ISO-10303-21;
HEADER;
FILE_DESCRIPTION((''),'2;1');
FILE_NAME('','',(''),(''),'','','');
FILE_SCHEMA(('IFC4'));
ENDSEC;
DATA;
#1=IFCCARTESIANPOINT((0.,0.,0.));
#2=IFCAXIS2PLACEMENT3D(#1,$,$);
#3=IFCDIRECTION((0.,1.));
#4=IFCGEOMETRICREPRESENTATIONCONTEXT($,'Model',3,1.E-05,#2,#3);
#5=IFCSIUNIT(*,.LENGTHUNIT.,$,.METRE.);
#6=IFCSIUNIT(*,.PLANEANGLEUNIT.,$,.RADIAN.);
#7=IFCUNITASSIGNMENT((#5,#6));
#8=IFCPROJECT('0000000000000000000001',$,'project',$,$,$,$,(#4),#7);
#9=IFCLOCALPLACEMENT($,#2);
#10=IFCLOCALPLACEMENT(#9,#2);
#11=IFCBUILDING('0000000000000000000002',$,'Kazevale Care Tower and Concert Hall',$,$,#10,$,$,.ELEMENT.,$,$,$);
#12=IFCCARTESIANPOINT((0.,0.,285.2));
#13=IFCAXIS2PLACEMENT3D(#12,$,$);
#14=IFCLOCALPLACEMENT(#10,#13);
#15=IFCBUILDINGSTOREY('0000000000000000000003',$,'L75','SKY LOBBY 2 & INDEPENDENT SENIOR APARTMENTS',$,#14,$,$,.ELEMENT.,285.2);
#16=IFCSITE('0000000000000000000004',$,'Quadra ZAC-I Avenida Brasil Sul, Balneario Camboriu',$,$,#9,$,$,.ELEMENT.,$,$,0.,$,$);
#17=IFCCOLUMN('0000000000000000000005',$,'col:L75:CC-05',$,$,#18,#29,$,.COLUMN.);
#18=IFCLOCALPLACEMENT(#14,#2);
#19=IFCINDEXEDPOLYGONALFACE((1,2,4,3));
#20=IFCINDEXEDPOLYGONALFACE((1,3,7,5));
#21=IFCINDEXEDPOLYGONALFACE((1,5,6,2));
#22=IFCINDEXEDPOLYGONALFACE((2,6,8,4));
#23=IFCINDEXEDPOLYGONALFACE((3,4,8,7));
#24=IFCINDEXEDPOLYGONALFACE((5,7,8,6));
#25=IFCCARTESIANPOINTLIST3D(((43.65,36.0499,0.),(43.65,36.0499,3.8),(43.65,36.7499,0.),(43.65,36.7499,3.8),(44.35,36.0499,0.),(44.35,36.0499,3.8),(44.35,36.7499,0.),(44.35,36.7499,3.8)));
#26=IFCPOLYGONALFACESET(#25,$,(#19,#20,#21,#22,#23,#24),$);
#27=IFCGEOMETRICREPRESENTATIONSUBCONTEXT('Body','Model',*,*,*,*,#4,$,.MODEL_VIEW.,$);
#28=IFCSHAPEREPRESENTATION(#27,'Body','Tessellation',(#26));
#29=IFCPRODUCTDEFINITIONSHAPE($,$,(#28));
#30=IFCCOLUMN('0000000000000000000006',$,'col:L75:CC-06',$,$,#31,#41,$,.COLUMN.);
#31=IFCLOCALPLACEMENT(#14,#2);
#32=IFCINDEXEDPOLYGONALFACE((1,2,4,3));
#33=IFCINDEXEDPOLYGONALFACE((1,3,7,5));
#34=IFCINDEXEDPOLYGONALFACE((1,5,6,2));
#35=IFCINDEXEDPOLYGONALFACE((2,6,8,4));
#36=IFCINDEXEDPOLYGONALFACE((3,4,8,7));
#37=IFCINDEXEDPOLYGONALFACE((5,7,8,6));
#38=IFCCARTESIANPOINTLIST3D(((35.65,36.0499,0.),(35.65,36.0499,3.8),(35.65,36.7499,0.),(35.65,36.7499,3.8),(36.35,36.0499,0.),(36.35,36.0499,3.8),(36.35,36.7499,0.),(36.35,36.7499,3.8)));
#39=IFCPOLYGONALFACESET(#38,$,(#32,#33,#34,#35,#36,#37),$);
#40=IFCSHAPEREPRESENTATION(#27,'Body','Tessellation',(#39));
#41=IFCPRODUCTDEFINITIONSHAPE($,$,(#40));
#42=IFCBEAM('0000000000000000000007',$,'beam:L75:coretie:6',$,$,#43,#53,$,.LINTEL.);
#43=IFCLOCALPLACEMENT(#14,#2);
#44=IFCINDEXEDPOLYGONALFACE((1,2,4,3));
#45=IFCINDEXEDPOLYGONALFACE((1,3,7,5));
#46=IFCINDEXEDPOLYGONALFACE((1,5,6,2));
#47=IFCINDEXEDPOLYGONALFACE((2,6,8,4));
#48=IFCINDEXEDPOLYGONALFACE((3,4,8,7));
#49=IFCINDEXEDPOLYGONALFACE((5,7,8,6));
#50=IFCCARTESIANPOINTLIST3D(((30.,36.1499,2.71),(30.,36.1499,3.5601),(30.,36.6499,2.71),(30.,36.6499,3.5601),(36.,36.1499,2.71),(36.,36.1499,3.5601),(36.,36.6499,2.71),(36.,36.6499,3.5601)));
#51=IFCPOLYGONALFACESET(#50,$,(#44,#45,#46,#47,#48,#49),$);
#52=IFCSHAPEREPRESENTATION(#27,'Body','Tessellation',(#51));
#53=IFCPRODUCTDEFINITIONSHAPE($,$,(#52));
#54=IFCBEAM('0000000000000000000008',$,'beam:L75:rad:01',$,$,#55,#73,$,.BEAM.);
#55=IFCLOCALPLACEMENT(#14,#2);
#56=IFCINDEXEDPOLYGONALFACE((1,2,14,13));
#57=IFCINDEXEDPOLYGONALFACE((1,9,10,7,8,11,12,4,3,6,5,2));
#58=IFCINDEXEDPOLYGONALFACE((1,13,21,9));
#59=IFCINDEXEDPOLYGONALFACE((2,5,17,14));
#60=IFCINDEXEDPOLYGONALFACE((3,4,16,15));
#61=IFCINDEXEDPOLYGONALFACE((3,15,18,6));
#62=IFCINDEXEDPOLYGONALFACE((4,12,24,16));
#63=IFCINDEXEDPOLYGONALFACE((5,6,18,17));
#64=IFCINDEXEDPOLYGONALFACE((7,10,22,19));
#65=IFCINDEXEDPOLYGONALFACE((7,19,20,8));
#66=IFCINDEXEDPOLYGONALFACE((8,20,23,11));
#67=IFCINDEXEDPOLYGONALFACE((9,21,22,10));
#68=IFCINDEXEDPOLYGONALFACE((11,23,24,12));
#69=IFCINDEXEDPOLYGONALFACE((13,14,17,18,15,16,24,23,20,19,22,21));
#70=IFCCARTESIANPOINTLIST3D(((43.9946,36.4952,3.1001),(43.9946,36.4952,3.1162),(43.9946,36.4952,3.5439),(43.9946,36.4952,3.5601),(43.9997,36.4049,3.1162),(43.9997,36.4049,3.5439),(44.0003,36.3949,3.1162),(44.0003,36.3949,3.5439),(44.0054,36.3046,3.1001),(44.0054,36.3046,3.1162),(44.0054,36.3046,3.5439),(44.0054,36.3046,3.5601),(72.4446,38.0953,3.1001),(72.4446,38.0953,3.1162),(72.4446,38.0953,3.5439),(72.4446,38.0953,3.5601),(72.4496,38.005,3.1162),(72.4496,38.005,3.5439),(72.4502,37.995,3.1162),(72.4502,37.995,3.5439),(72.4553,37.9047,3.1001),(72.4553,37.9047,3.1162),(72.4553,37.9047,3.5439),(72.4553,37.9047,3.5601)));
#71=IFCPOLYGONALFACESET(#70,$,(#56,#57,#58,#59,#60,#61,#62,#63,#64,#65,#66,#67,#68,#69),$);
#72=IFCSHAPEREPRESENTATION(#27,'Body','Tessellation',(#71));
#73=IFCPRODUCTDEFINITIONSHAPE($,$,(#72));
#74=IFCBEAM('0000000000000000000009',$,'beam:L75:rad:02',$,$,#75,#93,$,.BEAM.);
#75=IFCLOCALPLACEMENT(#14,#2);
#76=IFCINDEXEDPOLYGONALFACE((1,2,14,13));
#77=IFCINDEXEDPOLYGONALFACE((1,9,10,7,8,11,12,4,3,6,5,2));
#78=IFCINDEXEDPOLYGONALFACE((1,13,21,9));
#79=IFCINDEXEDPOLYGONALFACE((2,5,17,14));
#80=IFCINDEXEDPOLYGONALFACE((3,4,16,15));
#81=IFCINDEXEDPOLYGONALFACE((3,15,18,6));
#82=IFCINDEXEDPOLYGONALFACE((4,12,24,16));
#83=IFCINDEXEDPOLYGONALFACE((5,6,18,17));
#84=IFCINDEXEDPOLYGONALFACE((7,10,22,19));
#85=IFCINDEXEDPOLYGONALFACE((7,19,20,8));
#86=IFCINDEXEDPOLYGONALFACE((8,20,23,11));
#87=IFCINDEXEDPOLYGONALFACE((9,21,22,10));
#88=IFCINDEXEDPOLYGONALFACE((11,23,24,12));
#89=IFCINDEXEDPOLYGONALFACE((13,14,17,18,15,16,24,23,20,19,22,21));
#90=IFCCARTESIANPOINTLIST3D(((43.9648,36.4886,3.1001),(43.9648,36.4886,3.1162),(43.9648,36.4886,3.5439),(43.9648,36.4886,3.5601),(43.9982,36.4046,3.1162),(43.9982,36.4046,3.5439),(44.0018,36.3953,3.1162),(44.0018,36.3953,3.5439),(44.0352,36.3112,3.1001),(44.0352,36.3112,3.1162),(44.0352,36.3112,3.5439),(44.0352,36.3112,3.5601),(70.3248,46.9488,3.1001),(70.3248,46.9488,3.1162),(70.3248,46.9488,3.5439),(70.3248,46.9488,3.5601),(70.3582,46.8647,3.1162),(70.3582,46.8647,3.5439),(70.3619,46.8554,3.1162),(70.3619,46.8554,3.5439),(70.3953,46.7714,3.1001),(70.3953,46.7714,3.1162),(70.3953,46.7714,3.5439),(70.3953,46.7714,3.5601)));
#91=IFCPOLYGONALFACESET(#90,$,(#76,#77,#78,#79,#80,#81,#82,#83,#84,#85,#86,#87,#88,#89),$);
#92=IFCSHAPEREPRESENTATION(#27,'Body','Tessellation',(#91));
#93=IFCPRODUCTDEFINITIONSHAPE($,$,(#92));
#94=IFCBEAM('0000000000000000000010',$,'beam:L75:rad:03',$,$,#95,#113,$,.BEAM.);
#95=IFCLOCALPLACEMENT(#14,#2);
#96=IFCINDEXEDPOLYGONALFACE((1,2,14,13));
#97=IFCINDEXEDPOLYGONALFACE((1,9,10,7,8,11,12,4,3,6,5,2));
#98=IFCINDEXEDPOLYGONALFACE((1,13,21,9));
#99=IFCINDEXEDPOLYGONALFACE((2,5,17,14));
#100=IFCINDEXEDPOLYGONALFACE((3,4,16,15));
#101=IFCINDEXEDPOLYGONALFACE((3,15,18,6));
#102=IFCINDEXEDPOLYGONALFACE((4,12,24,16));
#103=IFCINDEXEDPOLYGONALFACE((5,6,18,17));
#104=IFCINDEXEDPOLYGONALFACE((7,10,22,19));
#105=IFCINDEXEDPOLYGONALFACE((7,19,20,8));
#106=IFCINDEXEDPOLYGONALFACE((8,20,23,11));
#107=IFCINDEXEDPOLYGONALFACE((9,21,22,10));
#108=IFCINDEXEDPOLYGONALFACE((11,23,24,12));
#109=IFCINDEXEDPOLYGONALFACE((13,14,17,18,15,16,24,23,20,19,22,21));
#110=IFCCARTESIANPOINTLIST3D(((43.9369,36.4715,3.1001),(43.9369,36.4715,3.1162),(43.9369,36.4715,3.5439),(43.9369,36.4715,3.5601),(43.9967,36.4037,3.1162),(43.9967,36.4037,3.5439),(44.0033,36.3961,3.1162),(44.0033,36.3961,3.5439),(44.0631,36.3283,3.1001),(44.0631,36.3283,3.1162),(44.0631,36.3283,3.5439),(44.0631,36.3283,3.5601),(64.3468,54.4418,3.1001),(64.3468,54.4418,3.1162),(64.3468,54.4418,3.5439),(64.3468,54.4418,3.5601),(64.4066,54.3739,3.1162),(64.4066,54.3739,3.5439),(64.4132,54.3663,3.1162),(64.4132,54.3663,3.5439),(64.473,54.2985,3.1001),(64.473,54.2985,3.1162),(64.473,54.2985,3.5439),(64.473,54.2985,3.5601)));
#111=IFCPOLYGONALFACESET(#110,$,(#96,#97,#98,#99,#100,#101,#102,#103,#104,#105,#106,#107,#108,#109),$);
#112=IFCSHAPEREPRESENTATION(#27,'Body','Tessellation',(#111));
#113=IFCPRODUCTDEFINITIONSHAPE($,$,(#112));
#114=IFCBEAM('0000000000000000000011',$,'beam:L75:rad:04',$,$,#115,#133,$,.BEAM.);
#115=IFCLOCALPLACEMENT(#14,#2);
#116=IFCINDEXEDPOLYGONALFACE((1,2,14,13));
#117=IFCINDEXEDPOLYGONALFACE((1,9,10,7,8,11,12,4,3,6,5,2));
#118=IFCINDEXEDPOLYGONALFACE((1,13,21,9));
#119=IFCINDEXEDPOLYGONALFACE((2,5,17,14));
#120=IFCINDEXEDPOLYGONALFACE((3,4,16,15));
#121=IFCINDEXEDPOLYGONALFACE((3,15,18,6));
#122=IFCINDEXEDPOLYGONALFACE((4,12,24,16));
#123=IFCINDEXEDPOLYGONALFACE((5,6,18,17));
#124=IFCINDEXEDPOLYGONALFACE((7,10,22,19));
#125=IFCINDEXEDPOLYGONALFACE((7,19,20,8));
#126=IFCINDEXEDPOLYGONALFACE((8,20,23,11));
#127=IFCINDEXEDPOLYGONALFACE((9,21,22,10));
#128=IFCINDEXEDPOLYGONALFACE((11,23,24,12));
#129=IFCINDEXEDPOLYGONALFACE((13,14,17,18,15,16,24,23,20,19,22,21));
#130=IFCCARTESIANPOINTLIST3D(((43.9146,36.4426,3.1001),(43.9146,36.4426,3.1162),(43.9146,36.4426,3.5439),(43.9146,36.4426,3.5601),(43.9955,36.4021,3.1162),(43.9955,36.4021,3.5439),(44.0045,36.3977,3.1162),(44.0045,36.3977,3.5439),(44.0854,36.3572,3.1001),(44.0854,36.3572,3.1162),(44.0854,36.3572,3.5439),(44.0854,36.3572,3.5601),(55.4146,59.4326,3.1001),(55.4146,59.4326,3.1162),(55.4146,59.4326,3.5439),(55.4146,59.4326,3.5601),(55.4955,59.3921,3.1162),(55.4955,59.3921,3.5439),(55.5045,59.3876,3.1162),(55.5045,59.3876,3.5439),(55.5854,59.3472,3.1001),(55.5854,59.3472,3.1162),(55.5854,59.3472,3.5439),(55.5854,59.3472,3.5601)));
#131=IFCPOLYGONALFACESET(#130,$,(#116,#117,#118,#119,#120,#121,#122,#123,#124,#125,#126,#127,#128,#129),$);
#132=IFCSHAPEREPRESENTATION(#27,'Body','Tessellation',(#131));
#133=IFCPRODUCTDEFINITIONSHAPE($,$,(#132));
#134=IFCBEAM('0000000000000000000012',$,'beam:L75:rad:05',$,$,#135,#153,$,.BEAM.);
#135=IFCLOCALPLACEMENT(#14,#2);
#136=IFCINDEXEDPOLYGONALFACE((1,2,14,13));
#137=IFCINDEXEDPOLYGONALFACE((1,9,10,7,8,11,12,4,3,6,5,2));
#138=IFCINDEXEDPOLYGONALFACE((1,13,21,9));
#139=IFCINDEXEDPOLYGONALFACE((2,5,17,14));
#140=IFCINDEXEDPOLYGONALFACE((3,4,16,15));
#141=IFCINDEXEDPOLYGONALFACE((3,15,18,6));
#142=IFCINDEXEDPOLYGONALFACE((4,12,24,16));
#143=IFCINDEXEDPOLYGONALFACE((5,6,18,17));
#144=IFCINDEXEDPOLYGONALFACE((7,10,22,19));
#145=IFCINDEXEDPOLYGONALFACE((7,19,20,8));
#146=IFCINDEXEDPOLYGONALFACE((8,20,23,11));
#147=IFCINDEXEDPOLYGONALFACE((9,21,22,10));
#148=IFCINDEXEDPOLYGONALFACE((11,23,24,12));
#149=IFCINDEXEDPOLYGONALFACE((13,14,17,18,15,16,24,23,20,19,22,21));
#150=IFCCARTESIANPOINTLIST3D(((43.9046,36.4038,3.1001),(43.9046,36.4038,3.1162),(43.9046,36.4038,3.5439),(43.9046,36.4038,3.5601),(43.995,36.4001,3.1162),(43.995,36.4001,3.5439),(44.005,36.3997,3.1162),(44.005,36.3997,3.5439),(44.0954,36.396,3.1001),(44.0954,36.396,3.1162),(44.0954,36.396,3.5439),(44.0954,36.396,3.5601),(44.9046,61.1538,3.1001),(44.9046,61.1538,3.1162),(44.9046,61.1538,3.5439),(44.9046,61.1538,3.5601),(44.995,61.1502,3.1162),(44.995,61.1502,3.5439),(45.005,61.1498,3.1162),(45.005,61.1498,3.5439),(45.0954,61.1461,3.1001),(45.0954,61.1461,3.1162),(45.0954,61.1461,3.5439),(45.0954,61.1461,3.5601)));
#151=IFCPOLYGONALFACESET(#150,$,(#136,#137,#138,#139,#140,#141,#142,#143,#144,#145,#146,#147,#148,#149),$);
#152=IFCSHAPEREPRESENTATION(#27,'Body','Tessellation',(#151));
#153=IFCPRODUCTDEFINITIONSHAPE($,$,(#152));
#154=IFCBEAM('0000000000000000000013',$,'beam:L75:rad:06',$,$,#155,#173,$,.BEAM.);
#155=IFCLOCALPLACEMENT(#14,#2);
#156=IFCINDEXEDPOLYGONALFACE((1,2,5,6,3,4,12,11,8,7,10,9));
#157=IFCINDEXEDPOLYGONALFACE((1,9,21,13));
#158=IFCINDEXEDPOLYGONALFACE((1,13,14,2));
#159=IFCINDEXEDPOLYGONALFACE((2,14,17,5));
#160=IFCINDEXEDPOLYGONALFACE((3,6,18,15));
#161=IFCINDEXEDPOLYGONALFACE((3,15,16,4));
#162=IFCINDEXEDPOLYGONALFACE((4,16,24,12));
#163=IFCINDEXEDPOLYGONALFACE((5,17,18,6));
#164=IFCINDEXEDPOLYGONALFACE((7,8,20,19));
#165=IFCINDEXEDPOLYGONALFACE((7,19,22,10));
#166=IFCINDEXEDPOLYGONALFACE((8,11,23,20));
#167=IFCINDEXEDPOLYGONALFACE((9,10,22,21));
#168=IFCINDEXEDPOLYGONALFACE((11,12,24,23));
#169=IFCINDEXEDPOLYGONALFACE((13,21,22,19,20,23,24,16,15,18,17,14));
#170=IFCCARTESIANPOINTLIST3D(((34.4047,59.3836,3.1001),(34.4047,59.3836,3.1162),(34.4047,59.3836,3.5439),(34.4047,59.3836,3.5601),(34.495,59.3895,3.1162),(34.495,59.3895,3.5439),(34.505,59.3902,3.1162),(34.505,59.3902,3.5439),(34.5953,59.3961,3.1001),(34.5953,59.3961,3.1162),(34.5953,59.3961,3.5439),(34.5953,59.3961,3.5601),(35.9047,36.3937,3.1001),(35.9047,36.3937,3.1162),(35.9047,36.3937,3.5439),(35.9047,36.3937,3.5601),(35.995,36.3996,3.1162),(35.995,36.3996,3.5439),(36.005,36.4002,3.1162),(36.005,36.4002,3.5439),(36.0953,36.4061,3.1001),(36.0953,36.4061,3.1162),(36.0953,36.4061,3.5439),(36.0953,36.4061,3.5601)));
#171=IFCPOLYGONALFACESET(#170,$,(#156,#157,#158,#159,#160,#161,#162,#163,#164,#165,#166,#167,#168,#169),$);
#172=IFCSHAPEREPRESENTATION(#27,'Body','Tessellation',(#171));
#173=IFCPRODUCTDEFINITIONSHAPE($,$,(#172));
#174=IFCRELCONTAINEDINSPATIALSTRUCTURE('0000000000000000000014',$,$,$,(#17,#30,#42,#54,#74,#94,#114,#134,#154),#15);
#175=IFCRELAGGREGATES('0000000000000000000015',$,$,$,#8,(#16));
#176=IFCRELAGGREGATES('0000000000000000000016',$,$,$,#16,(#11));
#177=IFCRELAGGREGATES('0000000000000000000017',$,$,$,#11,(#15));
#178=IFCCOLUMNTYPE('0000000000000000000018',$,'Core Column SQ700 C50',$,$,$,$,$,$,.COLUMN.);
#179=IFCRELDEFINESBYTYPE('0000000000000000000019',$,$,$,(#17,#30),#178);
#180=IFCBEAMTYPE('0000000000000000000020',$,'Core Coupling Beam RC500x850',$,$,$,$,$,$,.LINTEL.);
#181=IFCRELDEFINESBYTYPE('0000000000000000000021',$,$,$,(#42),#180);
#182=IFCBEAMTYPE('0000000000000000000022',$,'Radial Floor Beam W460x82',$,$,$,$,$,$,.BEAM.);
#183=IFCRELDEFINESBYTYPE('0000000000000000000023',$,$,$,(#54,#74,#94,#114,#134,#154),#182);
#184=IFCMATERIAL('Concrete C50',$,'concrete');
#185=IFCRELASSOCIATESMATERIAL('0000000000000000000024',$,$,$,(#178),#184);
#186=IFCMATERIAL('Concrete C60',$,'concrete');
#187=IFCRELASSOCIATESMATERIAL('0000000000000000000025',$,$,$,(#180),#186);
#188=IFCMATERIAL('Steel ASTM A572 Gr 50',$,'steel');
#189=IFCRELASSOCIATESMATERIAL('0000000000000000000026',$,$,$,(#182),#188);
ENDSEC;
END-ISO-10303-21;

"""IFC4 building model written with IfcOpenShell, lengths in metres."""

from ifc_helpers import new_model, si_unit, direction, frame, origin, origin_2d, place, context, subcontext, project, spatial, rectangle, i_section, extrude, material, material_profile, profile_set, type_object, element, save


model = new_model("IFC4")

# Units and contexts
model_context = context("Model", 3, precision=1e-05, world=origin(), true_north=direction((0.0, 1.0)))
body_context = subcontext(model_context, "Body", "Model", "MODEL_VIEW")
ifc_project = project(units=[si_unit("LENGTHUNIT", "METRE"), si_unit("PLANEANGLEUNIT", "RADIAN")], contexts=[model_context])

# Site, building, storey
site_placement = place(None, origin())
site = spatial("IfcSite", under=ifc_project, at=site_placement, Name="Quadra ZAC-I Avenida Brasil Sul, Balneario Camboriu", CompositionType="ELEMENT", RefElevation=0.0)
building_placement = place(site_placement, origin())
building = spatial("IfcBuilding", under=site, at=building_placement, Name="Kazevale Care Tower and Concert Hall", CompositionType="ELEMENT")
storey_placement = place(building_placement, frame((0.0, 0.0, 285.2)))
storey = spatial("IfcBuildingStorey", under=building, at=storey_placement, Name="L75", Description="SKY LOBBY 2 & INDEPENDENT SENIOR APARTMENTS", CompositionType="ELEMENT", Elevation=285.2)

# Columns
ifc_material_1 = material(Name="Concrete C50", Category="concrete")
ifc_material_profile_1 = material_profile(ifc_material_1, rectangle(XDim=0.7, YDim=0.7, at=origin_2d()), Name="RC-SQ700")
ifc_profile_set_1 = profile_set([ifc_material_profile_1], Name="Concrete C50")
column_type = type_object("IfcColumnType", Name="Core Column SQ700 C50", PredefinedType="COLUMN", material=ifc_profile_set_1)
for number, where, z_axis, x_axis, name in (
    (1, (44.0, 36.3999, 0.0), (0.0, 0.0, 1.0), (1.0, 0.0, 0.0), "col:L75:CC-05"),
    (2, (36.0, 36.3999, 0.0), (0.0, 0.0, 1.0), (1.0, 0.0, 0.0), "col:L75:CC-06"),
):
    element("IfcColumn", number, at=place(storey_placement, frame(where, z_axis=z_axis, x_axis=x_axis)), inside=storey, type_object=column_type, Name=name, PredefinedType="COLUMN", context=body_context, shape_type="SweptSolid", body=[
        extrude(rectangle(XDim=0.7, YDim=0.7, at=origin_2d()), origin(), (0.0, 0.0, 1.0), 3.8),
    ])

# Beams
ifc_material_2 = material(Name="Concrete C60", Category="concrete")
ifc_material_profile_2 = material_profile(ifc_material_2, rectangle(XDim=0.5, YDim=0.8501, at=origin_2d()), Name="RC-B500x850")
ifc_profile_set_2 = profile_set([ifc_material_profile_2], Name="Concrete C60")
beam_type_1 = type_object("IfcBeamType", Name="Core Coupling Beam RC500x850", PredefinedType="LINTEL", material=ifc_profile_set_2)
beam_1_placement = place(storey_placement, frame((36.0, 36.3999, 3.135), z_axis=(-1.0, 0.0, 0.0), x_axis=(0.0, -1.0, 0.0)))
element("IfcBeam", 3, at=beam_1_placement, inside=storey, type_object=beam_type_1, Name="beam:L75:coretie:6", PredefinedType="LINTEL", context=body_context, shape_type="SweptSolid", body=[
    extrude(rectangle(XDim=0.5, YDim=0.8501, at=origin_2d()), origin(), (0.0, 0.0, 1.0), 6.0),
])
ifc_material_3 = material(Name="Steel ASTM A572 Gr 50", Category="steel")
ifc_material_profile_3 = material_profile(ifc_material_3, i_section(OverallWidth=0.1909, OverallDepth=0.46, WebThickness=0.01, FlangeThickness=0.0161, at=origin_2d()), Name="W460x82")
ifc_profile_set_3 = profile_set([ifc_material_profile_3], Name="Steel ASTM A572 Gr 50")
beam_type_2 = type_object("IfcBeamType", Name="Radial Floor Beam W460x82", PredefinedType="BEAM", material=ifc_profile_set_3)
beam_2_placement = place(storey_placement, frame((44.0, 36.3999, 3.3301), z_axis=(0.998422, 0.056154, 0.0), x_axis=(-0.056154, 0.998422, 0.0)))
element("IfcBeam", 4, at=beam_2_placement, inside=storey, type_object=beam_type_2, Name="beam:L75:rad:01", PredefinedType="BEAM", context=body_context, shape_type="SweptSolid", body=[
    extrude(i_section(OverallWidth=0.1909, OverallDepth=0.46, WebThickness=0.01, FlangeThickness=0.0161, at=origin_2d()), origin(), (0.0, 0.0, 1.0), 28.4949),
])
beam_3_placement = place(storey_placement, frame((44.0, 36.3999, 3.3301), z_axis=(0.929493, 0.368841, 0.0), x_axis=(-0.368841, 0.929493, 0.0)))
element("IfcBeam", 5, at=beam_3_placement, inside=storey, type_object=beam_type_2, Name="beam:L75:rad:02", PredefinedType="BEAM", context=body_context, shape_type="SweptSolid", body=[
    extrude(i_section(OverallWidth=0.1909, OverallDepth=0.46, WebThickness=0.01, FlangeThickness=0.0161, at=origin_2d()), origin(), (0.0, 0.0, 1.0), 28.3596),
])
beam_4_placement = place(storey_placement, frame((44.0, 36.3999, 3.3301), z_axis=(0.75054, 0.660825, 0.0), x_axis=(-0.660825, 0.75054, 0.0)))
element("IfcBeam", 6, at=beam_4_placement, inside=storey, type_object=beam_type_2, Name="beam:L75:rad:03", PredefinedType="BEAM", context=body_context, shape_type="SweptSolid", body=[
    extrude(i_section(OverallWidth=0.1909, OverallDepth=0.46, WebThickness=0.01, FlangeThickness=0.0161, at=origin_2d()), origin(), (0.0, 0.0, 1.0), 27.1936),
])
beam_5_placement = place(storey_placement, frame((44.0, 36.3999, 3.3301), z_axis=(0.447369, 0.894349, 0.0), x_axis=(-0.894349, 0.447369, 0.0)))
element("IfcBeam", 7, at=beam_5_placement, inside=storey, type_object=beam_type_2, Name="beam:L75:rad:04", PredefinedType="BEAM", context=body_context, shape_type="SweptSolid", body=[
    extrude(i_section(OverallWidth=0.1909, OverallDepth=0.46, WebThickness=0.01, FlangeThickness=0.0161, at=origin_2d()), origin(), (0.0, 0.0, 1.0), 25.7058),
])
beam_6_placement = place(storey_placement, frame((44.0, 36.3999, 3.3301), z_axis=(0.040371, 0.999185, 0.0), x_axis=(-0.999185, 0.040371, 0.0)))
element("IfcBeam", 8, at=beam_6_placement, inside=storey, type_object=beam_type_2, Name="beam:L75:rad:05", PredefinedType="BEAM", context=body_context, shape_type="SweptSolid", body=[
    extrude(i_section(OverallWidth=0.1909, OverallDepth=0.46, WebThickness=0.01, FlangeThickness=0.0161, at=origin_2d()), origin(), (0.0, 0.0, 1.0), 24.7703),
])
beam_7_placement = place(storey_placement, frame((36.0, 36.3999, 3.3301), z_axis=(-0.065107, 0.997878, 0.0), x_axis=(-0.997878, -0.065107, 0.0)))
element("IfcBeam", 9, at=beam_7_placement, inside=storey, type_object=beam_type_2, Name="beam:L75:rad:06", PredefinedType="BEAM", context=body_context, shape_type="SweptSolid", body=[
    extrude(i_section(OverallWidth=0.1909, OverallDepth=0.46, WebThickness=0.01, FlangeThickness=0.0161, at=origin_2d()), origin(), (0.0, 0.0, 1.0), 23.0388),
])

save(model, "model.ifc")
